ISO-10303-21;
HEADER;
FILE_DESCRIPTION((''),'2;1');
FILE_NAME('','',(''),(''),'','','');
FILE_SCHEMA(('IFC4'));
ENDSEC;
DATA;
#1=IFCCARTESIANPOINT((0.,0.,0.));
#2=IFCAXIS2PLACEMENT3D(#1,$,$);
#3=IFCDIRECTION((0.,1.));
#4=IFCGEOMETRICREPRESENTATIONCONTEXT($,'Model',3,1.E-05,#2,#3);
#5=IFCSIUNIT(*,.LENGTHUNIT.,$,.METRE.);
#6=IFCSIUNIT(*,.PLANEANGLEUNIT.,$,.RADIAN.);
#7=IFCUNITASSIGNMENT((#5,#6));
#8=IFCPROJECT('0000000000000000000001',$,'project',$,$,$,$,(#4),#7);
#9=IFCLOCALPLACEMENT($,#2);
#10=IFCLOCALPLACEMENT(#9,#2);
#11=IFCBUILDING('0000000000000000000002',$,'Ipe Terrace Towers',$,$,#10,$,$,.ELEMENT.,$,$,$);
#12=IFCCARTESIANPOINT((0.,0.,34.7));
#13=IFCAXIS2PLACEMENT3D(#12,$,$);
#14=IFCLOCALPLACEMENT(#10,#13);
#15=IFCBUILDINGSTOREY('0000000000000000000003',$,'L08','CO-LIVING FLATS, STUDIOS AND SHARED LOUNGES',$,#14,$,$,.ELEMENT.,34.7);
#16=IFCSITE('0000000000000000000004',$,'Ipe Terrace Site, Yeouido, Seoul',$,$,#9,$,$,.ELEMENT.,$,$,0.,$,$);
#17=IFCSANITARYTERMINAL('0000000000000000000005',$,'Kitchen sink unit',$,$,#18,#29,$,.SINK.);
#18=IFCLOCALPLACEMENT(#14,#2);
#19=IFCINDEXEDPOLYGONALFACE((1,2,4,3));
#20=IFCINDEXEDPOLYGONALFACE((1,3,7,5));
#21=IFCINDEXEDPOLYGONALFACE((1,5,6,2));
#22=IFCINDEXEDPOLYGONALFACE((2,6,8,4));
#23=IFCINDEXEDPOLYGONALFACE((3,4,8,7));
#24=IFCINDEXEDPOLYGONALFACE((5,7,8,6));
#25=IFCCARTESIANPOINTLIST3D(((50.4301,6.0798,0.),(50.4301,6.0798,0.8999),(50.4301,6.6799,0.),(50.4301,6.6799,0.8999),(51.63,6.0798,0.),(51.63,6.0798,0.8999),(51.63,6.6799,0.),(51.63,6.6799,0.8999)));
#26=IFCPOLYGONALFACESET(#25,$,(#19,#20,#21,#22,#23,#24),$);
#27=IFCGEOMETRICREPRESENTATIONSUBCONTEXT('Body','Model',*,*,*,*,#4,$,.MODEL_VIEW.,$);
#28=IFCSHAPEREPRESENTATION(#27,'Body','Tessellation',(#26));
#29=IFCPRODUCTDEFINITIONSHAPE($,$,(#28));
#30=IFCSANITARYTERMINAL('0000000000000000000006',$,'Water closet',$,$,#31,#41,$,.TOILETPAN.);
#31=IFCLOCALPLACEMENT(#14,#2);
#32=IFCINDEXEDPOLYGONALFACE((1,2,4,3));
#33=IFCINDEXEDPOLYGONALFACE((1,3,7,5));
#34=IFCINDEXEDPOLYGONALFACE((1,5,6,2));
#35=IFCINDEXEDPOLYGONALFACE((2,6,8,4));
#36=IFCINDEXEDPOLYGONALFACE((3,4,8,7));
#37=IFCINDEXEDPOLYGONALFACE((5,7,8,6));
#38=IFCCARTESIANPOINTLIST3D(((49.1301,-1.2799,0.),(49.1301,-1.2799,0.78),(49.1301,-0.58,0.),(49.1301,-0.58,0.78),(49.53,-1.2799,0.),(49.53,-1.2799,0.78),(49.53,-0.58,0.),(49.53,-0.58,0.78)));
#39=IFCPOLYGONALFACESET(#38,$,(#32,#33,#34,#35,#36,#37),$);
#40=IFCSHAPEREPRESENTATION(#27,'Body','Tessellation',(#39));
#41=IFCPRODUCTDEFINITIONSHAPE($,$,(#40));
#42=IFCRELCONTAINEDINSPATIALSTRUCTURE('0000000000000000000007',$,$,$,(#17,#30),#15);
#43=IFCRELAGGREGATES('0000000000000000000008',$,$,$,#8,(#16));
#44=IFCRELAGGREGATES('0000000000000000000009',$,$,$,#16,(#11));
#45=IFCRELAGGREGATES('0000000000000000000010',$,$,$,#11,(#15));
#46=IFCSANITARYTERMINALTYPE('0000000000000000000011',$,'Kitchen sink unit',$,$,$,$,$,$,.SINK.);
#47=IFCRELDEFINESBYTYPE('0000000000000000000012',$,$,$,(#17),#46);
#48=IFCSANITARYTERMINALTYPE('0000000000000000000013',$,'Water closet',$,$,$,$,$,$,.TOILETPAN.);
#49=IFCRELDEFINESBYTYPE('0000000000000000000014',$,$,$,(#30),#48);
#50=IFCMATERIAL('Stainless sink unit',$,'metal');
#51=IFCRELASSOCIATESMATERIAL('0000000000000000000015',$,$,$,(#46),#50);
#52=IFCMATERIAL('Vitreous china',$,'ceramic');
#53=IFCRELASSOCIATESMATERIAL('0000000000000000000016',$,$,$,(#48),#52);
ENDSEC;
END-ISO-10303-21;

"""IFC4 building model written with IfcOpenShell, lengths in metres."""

from ifc_helpers import new_model, si_unit, direction, frame, origin, origin_2d, place, context, subcontext, project, spatial, rectangle, extrude, material, type_object, element, save


model = new_model("IFC4")

# Units and contexts
model_context = context("Model", 3, precision=1e-05, world=origin(), true_north=direction((0.0, 1.0)))
body_context = subcontext(model_context, "Body", "Model", "MODEL_VIEW")
ifc_project = project(units=[si_unit("LENGTHUNIT", "METRE"), si_unit("PLANEANGLEUNIT", "RADIAN")], contexts=[model_context])

# Site, building, storey
site_placement = place(None, origin())
site = spatial("IfcSite", under=ifc_project, at=site_placement, Name="Ipe Terrace Site, Yeouido, Seoul", CompositionType="ELEMENT", RefElevation=0.0)
building_placement = place(site_placement, origin())
building = spatial("IfcBuilding", under=site, at=building_placement, Name="Ipe Terrace Towers", CompositionType="ELEMENT")
storey_placement = place(building_placement, frame((0.0, 0.0, 34.7)))
storey = spatial("IfcBuildingStorey", under=building, at=storey_placement, Name="L08", Description="CO-LIVING FLATS, STUDIOS AND SHARED LOUNGES", CompositionType="ELEMENT", Elevation=34.7)

# Sanitary terminals
ifc_material_1 = material(Name="Stainless sink unit", Category="metal")
sanitary_terminal_type_1 = type_object("IfcSanitaryTerminalType", Name="Kitchen sink unit", PredefinedType="SINK", material=ifc_material_1)
sanitary_terminal_1_placement = place(storey_placement, frame((51.03, 6.3799, 0.0), z_axis=(0.0, 0.0, 1.0), x_axis=(1.0, 0.0, 0.0)))
element("IfcSanitaryTerminal", 1, at=sanitary_terminal_1_placement, inside=storey, type_object=sanitary_terminal_type_1, Name="Kitchen sink unit", PredefinedType="SINK", context=body_context, shape_type="SweptSolid", body=[
    extrude(rectangle(XDim=1.2, YDim=0.6001, at=origin_2d()), origin(), (0.0, 0.0, 1.0), 0.8999),
])
ifc_material_2 = material(Name="Vitreous china", Category="ceramic")
sanitary_terminal_type_2 = type_object("IfcSanitaryTerminalType", Name="Water closet", PredefinedType="TOILETPAN", material=ifc_material_2)
sanitary_terminal_2_placement = place(storey_placement, frame((49.3301, -0.9299, 0.0), z_axis=(0.0, 0.0, 1.0), x_axis=(0.0, 1.0, 0.0)))
element("IfcSanitaryTerminal", 2, at=sanitary_terminal_2_placement, inside=storey, type_object=sanitary_terminal_type_2, Name="Water closet", PredefinedType="TOILETPAN", context=body_context, shape_type="SweptSolid", body=[
    extrude(rectangle(XDim=0.7, YDim=0.3999, at=origin_2d()), origin(), (0.0, 0.0, 1.0), 0.78),
])

save(model, "model.ifc")
